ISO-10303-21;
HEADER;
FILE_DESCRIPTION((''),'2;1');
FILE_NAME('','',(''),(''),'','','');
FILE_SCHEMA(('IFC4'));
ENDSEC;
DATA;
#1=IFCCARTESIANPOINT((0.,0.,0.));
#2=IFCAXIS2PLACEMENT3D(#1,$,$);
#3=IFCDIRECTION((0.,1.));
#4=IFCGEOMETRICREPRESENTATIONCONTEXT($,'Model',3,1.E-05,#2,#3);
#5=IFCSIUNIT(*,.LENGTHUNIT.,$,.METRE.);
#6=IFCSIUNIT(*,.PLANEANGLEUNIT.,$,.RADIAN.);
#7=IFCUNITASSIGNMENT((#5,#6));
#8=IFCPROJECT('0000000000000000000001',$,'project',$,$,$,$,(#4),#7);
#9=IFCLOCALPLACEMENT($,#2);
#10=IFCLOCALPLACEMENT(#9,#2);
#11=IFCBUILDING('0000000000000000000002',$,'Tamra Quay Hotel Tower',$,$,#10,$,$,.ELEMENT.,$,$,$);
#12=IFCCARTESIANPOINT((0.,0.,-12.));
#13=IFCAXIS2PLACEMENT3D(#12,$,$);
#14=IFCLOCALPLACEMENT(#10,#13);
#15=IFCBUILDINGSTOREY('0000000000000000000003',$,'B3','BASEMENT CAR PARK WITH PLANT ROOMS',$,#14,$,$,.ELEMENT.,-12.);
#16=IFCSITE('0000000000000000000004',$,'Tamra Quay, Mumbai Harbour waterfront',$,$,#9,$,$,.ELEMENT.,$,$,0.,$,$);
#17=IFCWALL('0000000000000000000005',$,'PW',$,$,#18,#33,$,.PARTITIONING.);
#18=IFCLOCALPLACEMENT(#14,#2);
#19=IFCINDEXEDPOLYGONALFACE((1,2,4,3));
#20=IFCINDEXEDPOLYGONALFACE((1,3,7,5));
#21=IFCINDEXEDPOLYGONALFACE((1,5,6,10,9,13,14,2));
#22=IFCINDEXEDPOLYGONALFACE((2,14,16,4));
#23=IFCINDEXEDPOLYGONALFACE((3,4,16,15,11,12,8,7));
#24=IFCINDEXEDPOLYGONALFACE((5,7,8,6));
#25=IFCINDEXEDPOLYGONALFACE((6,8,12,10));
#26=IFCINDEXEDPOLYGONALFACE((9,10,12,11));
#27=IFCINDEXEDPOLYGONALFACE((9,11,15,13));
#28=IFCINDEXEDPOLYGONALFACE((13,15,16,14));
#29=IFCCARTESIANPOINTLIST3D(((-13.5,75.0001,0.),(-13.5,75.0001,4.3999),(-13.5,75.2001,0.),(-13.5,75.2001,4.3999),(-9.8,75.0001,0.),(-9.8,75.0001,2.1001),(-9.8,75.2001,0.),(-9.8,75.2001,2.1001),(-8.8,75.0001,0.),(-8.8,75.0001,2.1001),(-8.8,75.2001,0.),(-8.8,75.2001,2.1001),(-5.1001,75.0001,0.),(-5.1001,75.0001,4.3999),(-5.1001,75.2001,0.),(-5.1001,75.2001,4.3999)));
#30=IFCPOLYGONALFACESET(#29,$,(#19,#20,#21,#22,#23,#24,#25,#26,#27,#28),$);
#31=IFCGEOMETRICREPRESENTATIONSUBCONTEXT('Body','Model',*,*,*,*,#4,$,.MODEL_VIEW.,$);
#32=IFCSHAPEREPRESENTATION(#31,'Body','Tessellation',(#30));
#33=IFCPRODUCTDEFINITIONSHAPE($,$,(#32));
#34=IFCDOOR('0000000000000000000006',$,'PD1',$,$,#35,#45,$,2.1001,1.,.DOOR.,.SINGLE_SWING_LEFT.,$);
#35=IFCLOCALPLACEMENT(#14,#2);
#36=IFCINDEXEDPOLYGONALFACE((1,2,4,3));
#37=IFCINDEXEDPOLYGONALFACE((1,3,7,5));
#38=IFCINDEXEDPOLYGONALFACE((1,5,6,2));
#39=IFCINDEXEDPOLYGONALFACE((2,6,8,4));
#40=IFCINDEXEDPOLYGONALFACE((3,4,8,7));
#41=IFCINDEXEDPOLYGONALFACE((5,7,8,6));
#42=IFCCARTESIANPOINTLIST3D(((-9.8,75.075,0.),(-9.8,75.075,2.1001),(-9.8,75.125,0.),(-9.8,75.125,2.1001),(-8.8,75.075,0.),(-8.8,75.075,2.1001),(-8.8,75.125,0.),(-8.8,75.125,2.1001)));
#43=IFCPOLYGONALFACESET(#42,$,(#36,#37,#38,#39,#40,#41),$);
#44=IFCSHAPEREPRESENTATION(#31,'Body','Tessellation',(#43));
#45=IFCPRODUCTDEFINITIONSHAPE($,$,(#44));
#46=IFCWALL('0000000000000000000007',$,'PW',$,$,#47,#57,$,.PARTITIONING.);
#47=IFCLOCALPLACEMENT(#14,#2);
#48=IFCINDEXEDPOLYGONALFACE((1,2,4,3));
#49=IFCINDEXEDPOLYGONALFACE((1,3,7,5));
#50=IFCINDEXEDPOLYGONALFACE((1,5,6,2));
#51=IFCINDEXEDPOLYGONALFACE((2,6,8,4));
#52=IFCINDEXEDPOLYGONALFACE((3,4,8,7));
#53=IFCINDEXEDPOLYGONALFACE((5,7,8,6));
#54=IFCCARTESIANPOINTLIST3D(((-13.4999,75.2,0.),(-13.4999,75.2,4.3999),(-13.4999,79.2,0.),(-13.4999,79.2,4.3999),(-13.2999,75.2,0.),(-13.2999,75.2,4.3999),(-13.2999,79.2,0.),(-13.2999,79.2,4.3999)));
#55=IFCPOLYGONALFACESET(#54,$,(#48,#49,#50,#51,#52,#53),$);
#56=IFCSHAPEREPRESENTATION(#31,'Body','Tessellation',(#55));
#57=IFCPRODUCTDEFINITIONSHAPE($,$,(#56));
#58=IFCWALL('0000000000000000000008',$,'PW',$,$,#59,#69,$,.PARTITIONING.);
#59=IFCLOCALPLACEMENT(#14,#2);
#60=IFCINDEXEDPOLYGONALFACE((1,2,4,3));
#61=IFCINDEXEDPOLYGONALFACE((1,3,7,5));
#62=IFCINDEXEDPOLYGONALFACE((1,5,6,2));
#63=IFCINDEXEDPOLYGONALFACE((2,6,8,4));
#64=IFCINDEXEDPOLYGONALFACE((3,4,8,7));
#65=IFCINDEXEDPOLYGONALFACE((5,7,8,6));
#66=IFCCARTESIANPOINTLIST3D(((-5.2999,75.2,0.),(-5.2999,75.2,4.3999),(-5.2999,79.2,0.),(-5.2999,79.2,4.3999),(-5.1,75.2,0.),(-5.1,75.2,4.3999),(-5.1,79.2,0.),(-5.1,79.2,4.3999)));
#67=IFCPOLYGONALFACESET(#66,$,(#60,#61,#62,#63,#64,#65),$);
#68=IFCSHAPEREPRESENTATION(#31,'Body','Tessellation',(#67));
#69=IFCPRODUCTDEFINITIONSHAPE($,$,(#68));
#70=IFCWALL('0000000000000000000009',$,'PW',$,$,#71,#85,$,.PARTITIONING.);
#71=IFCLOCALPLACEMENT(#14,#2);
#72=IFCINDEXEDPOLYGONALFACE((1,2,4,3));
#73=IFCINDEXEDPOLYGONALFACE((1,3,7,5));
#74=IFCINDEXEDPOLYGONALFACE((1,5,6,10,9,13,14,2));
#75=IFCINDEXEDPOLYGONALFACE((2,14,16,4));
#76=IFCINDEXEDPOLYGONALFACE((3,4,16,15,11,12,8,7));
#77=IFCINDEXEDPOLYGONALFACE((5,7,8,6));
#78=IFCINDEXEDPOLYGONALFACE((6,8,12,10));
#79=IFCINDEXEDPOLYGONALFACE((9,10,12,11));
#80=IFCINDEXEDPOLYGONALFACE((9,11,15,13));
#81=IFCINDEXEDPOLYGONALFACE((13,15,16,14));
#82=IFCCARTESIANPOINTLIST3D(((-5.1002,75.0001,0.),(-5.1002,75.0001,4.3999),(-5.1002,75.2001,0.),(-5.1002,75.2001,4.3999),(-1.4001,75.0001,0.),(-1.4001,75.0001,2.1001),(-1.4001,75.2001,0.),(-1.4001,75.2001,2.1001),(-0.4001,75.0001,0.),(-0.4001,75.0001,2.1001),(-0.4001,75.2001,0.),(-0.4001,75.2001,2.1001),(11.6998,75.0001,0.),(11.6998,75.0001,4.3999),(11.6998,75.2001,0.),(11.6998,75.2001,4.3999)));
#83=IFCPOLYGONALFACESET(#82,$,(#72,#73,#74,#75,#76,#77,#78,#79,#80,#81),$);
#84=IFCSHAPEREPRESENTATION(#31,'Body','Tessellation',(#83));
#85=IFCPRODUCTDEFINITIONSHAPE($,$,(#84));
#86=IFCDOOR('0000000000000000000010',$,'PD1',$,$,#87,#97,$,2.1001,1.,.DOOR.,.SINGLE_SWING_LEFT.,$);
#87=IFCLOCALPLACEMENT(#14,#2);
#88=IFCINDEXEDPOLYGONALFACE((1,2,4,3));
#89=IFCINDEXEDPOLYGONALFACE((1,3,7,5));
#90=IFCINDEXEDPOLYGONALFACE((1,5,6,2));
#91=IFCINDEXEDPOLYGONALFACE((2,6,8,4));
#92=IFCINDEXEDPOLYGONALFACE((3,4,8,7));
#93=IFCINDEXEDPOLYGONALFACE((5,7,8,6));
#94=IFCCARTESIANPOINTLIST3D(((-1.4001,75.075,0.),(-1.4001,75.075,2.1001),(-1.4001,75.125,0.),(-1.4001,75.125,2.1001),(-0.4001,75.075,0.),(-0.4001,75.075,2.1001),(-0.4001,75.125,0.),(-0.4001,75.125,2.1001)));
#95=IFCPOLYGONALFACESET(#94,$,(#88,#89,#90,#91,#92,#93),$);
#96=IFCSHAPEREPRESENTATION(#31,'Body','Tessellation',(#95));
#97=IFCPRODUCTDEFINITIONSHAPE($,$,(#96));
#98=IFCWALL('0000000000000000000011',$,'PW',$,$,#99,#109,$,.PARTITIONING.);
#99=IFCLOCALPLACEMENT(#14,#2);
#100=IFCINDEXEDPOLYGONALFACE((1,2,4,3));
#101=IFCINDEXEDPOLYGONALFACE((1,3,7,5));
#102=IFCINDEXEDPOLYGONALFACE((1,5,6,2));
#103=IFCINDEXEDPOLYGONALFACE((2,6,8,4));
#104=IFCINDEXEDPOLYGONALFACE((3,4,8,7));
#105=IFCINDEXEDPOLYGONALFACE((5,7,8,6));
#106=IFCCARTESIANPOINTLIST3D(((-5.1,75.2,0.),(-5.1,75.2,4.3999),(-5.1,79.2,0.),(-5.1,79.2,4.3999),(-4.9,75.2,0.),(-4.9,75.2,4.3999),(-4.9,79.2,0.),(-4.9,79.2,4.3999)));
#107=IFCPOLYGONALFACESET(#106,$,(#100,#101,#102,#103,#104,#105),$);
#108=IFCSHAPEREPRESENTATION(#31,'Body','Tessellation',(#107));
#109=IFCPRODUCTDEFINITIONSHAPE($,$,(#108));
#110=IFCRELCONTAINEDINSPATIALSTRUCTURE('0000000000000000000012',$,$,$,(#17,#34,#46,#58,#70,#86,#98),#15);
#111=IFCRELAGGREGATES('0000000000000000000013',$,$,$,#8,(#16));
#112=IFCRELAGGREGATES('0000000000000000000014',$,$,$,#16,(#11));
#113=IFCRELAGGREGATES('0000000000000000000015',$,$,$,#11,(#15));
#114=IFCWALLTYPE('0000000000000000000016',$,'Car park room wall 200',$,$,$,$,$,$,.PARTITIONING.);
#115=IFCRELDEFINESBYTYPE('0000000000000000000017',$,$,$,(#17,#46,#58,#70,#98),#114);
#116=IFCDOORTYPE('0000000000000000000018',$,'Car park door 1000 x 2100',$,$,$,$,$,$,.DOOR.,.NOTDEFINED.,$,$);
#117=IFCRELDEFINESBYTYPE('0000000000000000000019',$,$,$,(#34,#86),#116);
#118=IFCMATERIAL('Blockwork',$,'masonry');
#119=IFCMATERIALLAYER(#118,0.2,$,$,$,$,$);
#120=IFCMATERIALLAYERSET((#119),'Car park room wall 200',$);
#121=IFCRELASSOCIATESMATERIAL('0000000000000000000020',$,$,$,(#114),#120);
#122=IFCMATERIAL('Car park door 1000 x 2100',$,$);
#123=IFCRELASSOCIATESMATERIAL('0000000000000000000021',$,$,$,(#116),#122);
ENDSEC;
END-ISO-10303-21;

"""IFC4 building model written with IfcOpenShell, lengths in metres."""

from ifc_helpers import new_model, si_unit, direction, frame, frame_2d, origin, place, context, subcontext, project, spatial, rectangle, extrude, material, layer, layer_set, type_object, element, fill, save


model = new_model("IFC4")

# Units and contexts
model_context = context("Model", 3, precision=1e-05, world=origin(), true_north=direction((0.0, 1.0)))
body_context = subcontext(model_context, "Body", "Model", "MODEL_VIEW")
ifc_project = project(units=[si_unit("LENGTHUNIT", "METRE"), si_unit("PLANEANGLEUNIT", "RADIAN")], contexts=[model_context])

# Site, building, storey
site_placement = place(None, origin())
site = spatial("IfcSite", under=ifc_project, at=site_placement, Name="Tamra Quay, Mumbai Harbour waterfront", CompositionType="ELEMENT", RefElevation=0.0)
building_placement = place(site_placement, origin())
building = spatial("IfcBuilding", under=site, at=building_placement, Name="Tamra Quay Hotel Tower", CompositionType="ELEMENT")
storey_placement = place(building_placement, frame((0.0, 0.0, -12.0)))
storey = spatial("IfcBuildingStorey", under=building, at=storey_placement, Name="B3", Description="BASEMENT CAR PARK WITH PLANT ROOMS", CompositionType="ELEMENT", Elevation=-12.0)

# Shared definitions
ifc_material_1 = material(Name="Blockwork", Category="masonry")
ifc_layer = layer(ifc_material_1, 0.2)
ifc_layer_set = layer_set([ifc_layer], Name="Car park room wall 200")
wall_type = type_object("IfcWallType", Name="Car park room wall 200", PredefinedType="PARTITIONING", material=ifc_layer_set)

# Shared definitions
ifc_material_2 = material(Name="Car park door 1000 x 2100")
door_type = type_object("IfcDoorType", Name="Car park door 1000 x 2100", OperationType="NOTDEFINED", PredefinedType="DOOR", material=ifc_material_2)

# Wall, opening, door
wall_1_placement = place(storey_placement, frame((-13.5, 75.1001, 0.0), z_axis=(0.0, 0.0, 1.0), x_axis=(1.0, 0.0, 0.0)))
wall_1 = element("IfcWall", 1, at=wall_1_placement, inside=storey, type_object=wall_type, Name="PW", PredefinedType="PARTITIONING", context=body_context, shape_type="SweptSolid", body=[
    extrude(rectangle(XDim=8.3999, YDim=0.2, at=frame_2d((4.2, 0.0))), origin(), (0.0, 0.0, 1.0), 4.3999),
])
opening_1_placement = place(wall_1_placement, frame((3.7, 0.0, 0.0)))
opening_1 = element("IfcOpeningElement", 2, at=opening_1_placement, cuts=wall_1, PredefinedType="OPENING", context=body_context, shape_type="SweptSolid", body=[
    extrude(rectangle(XDim=1.0, YDim=2.1001, at=frame_2d((0.5, 1.05))), frame((0.0, 0.1099, 0.0), z_axis=(0.0, -1.0, 0.0), x_axis=(1.0, 0.0, 0.0)), (0.0, 0.0, 1.0), 0.22),
])
door_1_placement = place(opening_1_placement, origin())
door_1 = element("IfcDoor", 3, at=door_1_placement, inside=storey, type_object=door_type, Name="PD1", OperationType="SINGLE_SWING_LEFT", OverallHeight=2.1001, OverallWidth=1.0, PredefinedType="DOOR", context=body_context, shape_type="SweptSolid", body=[
    extrude(rectangle(XDim=1.0, YDim=2.1001, at=frame_2d((0.5, 1.05))), frame((0.0, 0.0249, 0.0), z_axis=(0.0, -1.0, 0.0), x_axis=(1.0, 0.0, 0.0)), (0.0, 0.0, 1.0), 0.05),
])
fill(opening_1, door_1)

# Walls
for number, where, z_axis, x_axis, name in (
    (4, (-13.3999, 75.2, 0.0), (0.0, 0.0, 1.0), (0.0, 1.0, 0.0), "PW"),
    (5, (-5.2, 75.2, 0.0), (0.0, 0.0, 1.0), (0.0, 1.0, 0.0), "PW"),
):
    element("IfcWall", number, at=place(storey_placement, frame(where, z_axis=z_axis, x_axis=x_axis)), inside=storey, type_object=wall_type, Name=name, PredefinedType="PARTITIONING", context=body_context, shape_type="SweptSolid", body=[
        extrude(rectangle(XDim=4.0, YDim=0.2, at=frame_2d((2.0, 0.0))), origin(), (0.0, 0.0, 1.0), 4.3999),
    ])

# Wall, opening, door
wall_2_placement = place(storey_placement, frame((-5.1001, 75.1001, 0.0), z_axis=(0.0, 0.0, 1.0), x_axis=(1.0, 0.0, 0.0)))
wall_2 = element("IfcWall", 6, at=wall_2_placement, inside=storey, type_object=wall_type, Name="PW", PredefinedType="PARTITIONING", context=body_context, shape_type="SweptSolid", body=[
    extrude(rectangle(XDim=16.8, YDim=0.2, at=frame_2d((8.3999, 0.0))), origin(), (0.0, 0.0, 1.0), 4.3999),
])
opening_2_placement = place(wall_2_placement, frame((3.7, 0.0, 0.0)))
opening_2 = element("IfcOpeningElement", 7, at=opening_2_placement, cuts=wall_2, PredefinedType="OPENING", context=body_context, shape_type="SweptSolid", body=[
    extrude(rectangle(XDim=1.0, YDim=2.1001, at=frame_2d((0.5, 1.05))), frame((0.0, 0.1099, 0.0), z_axis=(0.0, -1.0, 0.0), x_axis=(1.0, 0.0, 0.0)), (0.0, 0.0, 1.0), 0.22),
])
door_2_placement = place(opening_2_placement, origin())
door_2 = element("IfcDoor", 8, at=door_2_placement, inside=storey, type_object=door_type, Name="PD1", OperationType="SINGLE_SWING_LEFT", OverallHeight=2.1001, OverallWidth=1.0, PredefinedType="DOOR", context=body_context, shape_type="SweptSolid", body=[
    extrude(rectangle(XDim=1.0, YDim=2.1001, at=frame_2d((0.5, 1.05))), frame((0.0, 0.0249, 0.0), z_axis=(0.0, -1.0, 0.0), x_axis=(1.0, 0.0, 0.0)), (0.0, 0.0, 1.0), 0.05),
])
fill(opening_2, door_2)

# Wall
wall_3_placement = place(storey_placement, frame((-5.0, 75.2, 0.0), z_axis=(0.0, 0.0, 1.0), x_axis=(0.0, 1.0, 0.0)))
element("IfcWall", 9, at=wall_3_placement, inside=storey, type_object=wall_type, Name="PW", PredefinedType="PARTITIONING", context=body_context, shape_type="SweptSolid", body=[
    extrude(rectangle(XDim=4.0, YDim=0.2, at=frame_2d((2.0, 0.0))), origin(), (0.0, 0.0, 1.0), 4.3999),
])

save(model, "model.ifc")
